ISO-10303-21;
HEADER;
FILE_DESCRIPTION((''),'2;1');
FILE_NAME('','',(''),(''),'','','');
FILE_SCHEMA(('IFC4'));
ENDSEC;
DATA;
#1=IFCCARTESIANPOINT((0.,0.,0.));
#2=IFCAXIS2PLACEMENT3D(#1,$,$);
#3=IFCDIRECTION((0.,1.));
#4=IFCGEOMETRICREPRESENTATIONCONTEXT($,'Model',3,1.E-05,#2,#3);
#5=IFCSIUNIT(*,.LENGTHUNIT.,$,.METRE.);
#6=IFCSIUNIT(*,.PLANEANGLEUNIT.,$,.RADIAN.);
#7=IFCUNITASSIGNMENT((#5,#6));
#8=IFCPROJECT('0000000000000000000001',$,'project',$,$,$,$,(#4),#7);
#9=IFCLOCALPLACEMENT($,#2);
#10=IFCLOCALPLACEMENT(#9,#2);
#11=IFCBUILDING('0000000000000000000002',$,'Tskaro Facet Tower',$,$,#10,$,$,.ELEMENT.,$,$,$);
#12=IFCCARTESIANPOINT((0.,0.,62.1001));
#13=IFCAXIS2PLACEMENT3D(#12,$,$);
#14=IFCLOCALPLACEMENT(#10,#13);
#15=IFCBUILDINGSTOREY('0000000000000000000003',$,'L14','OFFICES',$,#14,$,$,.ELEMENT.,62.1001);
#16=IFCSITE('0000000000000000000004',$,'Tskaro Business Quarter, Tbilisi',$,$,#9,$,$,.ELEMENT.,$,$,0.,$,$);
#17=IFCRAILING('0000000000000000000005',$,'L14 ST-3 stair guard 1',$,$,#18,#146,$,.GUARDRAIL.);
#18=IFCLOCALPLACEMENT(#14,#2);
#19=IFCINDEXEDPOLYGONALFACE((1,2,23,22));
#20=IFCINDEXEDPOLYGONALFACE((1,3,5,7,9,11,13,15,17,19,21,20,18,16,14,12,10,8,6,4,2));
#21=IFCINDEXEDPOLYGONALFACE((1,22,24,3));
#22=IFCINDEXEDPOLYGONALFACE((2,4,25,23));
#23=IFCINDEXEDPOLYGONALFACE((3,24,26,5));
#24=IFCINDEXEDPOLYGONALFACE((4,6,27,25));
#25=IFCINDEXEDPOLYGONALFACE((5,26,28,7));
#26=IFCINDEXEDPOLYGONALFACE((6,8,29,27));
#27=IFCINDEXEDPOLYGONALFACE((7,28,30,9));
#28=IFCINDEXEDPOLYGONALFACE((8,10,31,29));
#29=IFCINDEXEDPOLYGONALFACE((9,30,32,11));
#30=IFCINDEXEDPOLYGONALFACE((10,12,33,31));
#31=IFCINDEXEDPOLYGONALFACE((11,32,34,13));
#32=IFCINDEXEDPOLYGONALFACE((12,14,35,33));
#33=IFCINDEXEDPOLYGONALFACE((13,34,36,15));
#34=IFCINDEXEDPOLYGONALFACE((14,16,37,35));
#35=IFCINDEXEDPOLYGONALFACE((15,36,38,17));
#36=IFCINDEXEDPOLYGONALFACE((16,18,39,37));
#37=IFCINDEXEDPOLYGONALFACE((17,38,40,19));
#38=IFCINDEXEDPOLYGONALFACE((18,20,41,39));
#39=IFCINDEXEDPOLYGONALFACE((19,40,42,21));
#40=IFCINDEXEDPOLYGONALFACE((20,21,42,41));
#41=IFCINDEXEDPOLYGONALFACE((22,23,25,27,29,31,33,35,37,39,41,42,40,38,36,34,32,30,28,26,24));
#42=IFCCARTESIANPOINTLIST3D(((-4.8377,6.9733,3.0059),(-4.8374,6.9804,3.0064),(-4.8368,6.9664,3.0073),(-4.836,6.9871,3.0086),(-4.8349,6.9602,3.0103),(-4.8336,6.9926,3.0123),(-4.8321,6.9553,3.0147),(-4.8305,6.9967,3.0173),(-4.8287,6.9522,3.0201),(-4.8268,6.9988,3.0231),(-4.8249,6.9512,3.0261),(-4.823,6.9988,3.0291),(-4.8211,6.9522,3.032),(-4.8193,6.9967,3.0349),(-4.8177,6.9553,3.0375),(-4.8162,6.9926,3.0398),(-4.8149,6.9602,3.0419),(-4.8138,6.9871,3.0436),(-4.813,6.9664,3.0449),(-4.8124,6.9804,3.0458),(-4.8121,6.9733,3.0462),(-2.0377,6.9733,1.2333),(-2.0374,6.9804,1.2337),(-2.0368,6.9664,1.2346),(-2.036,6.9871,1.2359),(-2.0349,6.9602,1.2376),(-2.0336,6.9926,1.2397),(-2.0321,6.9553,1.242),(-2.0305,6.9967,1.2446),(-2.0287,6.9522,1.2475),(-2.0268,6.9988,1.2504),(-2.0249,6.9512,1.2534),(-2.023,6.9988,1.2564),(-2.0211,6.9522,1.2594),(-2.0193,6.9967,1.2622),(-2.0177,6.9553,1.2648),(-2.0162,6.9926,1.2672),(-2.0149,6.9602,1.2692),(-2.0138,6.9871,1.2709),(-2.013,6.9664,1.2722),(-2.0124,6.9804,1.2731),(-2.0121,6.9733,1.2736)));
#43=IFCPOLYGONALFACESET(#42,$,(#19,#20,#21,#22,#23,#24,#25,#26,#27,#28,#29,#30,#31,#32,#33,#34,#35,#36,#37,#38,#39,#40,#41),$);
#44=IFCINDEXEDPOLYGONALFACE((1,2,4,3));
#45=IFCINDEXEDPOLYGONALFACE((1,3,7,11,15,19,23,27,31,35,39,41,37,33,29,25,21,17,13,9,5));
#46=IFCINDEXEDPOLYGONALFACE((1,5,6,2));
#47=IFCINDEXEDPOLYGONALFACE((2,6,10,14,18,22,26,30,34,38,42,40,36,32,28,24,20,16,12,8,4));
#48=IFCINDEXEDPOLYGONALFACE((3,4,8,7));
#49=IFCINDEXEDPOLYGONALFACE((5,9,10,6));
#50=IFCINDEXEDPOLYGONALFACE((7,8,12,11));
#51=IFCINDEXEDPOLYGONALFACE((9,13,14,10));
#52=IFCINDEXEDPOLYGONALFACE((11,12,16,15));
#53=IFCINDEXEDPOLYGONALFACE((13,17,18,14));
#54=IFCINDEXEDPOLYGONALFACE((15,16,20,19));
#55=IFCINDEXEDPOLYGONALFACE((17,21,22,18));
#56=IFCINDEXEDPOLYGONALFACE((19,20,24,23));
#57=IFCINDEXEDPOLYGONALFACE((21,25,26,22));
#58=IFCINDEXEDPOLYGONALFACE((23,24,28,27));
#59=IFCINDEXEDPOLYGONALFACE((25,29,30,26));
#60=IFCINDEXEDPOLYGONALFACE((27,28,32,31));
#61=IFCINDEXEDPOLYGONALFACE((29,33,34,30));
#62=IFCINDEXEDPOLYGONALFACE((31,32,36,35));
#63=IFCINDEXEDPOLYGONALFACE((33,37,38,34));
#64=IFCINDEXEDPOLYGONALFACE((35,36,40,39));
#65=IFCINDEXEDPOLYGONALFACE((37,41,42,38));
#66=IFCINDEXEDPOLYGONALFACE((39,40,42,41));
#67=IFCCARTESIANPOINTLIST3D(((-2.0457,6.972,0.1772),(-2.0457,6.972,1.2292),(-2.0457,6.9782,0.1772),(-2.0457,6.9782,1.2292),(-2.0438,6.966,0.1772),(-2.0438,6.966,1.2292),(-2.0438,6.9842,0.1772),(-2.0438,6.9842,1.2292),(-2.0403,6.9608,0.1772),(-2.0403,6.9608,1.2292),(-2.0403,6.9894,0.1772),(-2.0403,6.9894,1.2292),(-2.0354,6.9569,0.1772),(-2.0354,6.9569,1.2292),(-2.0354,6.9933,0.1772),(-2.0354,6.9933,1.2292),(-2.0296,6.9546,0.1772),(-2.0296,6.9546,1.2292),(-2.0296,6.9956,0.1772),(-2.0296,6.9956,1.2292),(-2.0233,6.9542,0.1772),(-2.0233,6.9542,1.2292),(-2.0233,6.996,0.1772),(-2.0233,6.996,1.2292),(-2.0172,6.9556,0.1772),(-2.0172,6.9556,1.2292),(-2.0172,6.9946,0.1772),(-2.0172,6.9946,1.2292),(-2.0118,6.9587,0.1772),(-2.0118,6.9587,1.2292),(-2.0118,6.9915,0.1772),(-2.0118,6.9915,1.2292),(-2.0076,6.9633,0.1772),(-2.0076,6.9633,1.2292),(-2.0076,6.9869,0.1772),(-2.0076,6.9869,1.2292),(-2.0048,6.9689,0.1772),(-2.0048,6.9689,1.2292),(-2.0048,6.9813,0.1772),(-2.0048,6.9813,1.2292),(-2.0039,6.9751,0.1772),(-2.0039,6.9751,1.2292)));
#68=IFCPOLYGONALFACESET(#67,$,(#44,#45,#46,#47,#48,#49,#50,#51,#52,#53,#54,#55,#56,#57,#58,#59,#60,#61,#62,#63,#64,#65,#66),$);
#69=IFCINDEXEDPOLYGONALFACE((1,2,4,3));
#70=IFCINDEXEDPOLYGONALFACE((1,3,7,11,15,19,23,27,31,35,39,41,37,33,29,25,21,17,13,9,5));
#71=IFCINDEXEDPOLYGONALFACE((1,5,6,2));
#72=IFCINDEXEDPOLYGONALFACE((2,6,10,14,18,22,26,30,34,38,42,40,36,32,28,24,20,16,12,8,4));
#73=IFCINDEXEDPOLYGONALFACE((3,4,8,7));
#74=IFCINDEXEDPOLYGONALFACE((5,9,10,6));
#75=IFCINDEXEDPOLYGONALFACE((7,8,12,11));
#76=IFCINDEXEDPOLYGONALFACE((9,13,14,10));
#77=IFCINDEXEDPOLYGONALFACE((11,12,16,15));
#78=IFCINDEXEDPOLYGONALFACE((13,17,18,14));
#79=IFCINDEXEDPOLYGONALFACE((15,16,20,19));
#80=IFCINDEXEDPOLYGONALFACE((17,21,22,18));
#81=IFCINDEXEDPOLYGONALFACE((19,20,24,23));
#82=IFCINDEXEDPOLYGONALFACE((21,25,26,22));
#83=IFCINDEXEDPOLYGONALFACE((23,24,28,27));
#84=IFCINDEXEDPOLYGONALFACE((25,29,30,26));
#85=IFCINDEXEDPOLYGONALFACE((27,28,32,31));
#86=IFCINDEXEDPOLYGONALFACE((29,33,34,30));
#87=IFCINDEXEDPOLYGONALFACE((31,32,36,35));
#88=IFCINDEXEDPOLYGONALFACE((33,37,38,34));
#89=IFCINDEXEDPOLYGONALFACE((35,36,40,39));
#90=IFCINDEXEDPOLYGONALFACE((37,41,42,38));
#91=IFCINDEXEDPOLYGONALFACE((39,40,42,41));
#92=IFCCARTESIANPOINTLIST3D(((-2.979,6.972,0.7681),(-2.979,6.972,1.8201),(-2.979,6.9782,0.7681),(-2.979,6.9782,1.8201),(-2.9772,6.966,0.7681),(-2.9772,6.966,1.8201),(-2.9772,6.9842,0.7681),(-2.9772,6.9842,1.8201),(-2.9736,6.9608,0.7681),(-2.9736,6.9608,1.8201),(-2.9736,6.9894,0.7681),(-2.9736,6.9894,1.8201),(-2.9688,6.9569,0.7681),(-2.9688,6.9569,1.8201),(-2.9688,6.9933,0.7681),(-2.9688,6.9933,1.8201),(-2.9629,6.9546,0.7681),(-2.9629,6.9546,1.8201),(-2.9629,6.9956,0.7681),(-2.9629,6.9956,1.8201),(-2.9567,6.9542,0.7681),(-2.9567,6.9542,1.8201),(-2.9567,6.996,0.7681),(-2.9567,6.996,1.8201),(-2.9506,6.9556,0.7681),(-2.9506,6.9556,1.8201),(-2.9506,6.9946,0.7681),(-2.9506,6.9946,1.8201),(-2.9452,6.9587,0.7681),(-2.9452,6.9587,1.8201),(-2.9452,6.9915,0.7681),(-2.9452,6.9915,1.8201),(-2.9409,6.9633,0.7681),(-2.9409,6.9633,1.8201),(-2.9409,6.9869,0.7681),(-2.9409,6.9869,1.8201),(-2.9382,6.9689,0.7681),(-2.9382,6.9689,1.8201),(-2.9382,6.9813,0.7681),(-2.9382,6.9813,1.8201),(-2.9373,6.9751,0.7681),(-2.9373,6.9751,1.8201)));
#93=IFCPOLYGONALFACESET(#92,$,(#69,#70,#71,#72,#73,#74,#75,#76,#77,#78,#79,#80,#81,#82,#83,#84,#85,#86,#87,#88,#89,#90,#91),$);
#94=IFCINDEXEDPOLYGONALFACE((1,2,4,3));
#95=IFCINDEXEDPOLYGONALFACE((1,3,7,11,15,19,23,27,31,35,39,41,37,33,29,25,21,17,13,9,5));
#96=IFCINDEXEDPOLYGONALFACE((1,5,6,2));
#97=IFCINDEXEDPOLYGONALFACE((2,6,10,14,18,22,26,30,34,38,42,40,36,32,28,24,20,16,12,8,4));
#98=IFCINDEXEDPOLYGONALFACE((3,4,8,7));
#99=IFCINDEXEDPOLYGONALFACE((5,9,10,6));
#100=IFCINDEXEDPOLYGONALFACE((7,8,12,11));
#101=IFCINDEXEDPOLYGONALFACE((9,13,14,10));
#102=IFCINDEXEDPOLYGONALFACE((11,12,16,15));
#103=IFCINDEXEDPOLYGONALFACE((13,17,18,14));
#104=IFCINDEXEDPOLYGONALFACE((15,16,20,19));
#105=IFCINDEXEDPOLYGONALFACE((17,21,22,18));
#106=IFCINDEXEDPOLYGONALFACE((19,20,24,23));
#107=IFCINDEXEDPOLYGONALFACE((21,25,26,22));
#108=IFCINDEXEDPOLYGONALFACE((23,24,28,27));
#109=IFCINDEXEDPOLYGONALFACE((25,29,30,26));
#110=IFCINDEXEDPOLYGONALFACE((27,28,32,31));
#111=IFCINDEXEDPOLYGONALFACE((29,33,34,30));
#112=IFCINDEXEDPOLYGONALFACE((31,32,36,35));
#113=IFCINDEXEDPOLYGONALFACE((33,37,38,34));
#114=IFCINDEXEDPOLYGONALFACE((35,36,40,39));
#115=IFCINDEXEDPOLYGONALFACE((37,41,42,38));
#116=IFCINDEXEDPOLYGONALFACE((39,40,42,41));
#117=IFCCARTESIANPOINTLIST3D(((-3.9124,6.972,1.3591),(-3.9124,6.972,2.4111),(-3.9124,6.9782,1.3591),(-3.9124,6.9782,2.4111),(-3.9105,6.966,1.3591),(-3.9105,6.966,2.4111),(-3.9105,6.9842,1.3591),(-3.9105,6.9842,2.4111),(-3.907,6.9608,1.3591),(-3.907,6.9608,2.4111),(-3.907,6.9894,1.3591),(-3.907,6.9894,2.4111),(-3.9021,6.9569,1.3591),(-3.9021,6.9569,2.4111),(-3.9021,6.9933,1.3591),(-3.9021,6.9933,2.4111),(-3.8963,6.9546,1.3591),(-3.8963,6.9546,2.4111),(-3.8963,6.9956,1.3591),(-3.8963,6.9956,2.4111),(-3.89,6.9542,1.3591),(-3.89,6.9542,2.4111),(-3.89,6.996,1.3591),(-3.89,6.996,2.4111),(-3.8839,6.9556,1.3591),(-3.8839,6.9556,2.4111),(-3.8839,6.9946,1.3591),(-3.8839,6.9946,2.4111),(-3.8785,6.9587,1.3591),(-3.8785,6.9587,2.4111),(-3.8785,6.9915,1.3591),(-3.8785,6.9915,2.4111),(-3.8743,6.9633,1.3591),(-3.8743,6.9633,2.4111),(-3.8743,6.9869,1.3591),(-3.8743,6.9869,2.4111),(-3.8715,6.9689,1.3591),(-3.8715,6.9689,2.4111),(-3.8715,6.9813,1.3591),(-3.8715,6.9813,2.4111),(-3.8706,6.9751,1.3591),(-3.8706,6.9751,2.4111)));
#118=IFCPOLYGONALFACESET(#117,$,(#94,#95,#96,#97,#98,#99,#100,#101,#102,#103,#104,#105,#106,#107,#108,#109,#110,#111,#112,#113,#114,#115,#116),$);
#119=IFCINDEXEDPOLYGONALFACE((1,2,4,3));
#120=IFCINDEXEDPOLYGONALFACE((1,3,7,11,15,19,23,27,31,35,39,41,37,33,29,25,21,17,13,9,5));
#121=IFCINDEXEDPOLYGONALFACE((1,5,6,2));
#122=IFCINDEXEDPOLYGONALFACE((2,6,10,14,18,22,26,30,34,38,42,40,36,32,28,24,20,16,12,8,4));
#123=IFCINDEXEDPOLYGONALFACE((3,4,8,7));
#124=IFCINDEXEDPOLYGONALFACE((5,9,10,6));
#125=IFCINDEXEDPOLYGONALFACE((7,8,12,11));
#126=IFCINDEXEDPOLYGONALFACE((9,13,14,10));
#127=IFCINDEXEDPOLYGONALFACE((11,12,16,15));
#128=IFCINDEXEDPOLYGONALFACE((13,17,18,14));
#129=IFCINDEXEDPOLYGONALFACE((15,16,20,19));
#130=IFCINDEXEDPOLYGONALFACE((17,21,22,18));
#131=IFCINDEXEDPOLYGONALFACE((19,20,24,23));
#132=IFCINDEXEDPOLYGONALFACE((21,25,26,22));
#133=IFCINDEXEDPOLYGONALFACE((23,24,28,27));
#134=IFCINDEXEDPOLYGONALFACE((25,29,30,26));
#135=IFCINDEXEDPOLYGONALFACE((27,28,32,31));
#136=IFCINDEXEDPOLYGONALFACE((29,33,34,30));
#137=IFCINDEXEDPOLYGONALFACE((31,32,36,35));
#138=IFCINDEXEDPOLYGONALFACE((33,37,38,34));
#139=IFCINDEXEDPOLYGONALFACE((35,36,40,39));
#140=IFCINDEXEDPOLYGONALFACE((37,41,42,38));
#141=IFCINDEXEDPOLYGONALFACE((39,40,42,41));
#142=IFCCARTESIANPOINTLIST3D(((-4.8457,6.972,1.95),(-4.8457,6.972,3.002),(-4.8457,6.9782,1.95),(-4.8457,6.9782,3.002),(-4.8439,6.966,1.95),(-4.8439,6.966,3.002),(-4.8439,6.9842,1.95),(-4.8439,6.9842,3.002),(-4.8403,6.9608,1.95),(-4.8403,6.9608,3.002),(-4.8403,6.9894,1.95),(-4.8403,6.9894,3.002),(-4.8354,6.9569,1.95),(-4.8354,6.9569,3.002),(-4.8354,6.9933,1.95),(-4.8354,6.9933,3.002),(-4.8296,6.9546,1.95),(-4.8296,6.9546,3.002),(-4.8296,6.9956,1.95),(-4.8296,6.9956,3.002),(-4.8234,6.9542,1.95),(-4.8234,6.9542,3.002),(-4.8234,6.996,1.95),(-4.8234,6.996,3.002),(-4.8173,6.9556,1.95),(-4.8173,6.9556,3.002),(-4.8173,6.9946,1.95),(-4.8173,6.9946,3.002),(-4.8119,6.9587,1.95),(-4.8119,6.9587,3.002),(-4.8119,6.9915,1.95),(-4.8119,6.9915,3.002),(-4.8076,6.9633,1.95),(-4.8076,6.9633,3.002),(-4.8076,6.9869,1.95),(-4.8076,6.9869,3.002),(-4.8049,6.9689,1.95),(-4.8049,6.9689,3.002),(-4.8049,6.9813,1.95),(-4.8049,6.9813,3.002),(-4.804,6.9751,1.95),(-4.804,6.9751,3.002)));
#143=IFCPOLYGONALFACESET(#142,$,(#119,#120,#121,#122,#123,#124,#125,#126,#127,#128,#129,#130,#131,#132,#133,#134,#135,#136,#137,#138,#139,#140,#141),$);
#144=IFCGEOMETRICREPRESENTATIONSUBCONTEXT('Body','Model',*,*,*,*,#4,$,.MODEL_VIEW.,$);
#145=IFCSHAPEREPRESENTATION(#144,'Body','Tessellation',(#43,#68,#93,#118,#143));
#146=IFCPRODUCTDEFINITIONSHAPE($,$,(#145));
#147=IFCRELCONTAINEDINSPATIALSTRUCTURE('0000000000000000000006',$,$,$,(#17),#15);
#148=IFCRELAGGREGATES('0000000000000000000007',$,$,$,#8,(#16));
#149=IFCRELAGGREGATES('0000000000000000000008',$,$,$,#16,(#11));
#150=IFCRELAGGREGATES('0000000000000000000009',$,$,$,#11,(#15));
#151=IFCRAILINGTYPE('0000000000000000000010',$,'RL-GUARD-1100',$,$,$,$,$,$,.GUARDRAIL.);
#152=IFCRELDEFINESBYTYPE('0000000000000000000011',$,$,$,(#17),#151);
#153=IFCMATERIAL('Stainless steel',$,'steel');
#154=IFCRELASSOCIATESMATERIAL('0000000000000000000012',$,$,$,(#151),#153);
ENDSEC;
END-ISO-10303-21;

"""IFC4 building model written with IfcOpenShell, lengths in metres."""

from ifc_helpers import new_model, si_unit, direction, frame, origin, origin_2d, place, context, subcontext, project, spatial, circle, extrude, material, type_object, element, save


model = new_model("IFC4")

# Units and contexts
model_context = context("Model", 3, precision=1e-05, world=origin(), true_north=direction((0.0, 1.0)))
body_context = subcontext(model_context, "Body", "Model", "MODEL_VIEW")
ifc_project = project(units=[si_unit("LENGTHUNIT", "METRE"), si_unit("PLANEANGLEUNIT", "RADIAN")], contexts=[model_context])

# Site, building, storey
site_placement = place(None, origin())
site = spatial("IfcSite", under=ifc_project, at=site_placement, Name="Tskaro Business Quarter, Tbilisi", CompositionType="ELEMENT", RefElevation=0.0)
building_placement = place(site_placement, origin())
building = spatial("IfcBuilding", under=site, at=building_placement, Name="Tskaro Facet Tower", CompositionType="ELEMENT")
storey_placement = place(building_placement, frame((0.0, 0.0, 62.1001)))
storey = spatial("IfcBuildingStorey", under=building, at=storey_placement, Name="L14", Description="OFFICES", CompositionType="ELEMENT", Elevation=62.1001)

# Railing
ifc_material_1 = material(Name="Stainless steel", Category="steel")
railing_type_1 = type_object("IfcRailingType", Name="RL-GUARD-1100", PredefinedType="GUARDRAIL", material=ifc_material_1)
railing_1_placement = place(storey_placement, frame((-2.0249, 6.9751, 0.1772)))
element("IfcRailing", 1, at=railing_1_placement, inside=storey, type_object=railing_type_1, Name="L14 ST-3 stair guard 1", PredefinedType="GUARDRAIL", context=body_context, shape_type="SweptSolid", body=[
    extrude(circle(Radius=0.0239, at=origin_2d()), frame((0.0, 0.0, 1.0762), z_axis=(-0.844909, 0.0, 0.53491), x_axis=(0.0, -1.0, 0.0)), (0.0, 0.0, 1.0), 3.314),
    extrude(circle(Radius=0.021, at=origin_2d()), origin(), (0.0, 0.0, 1.0), 1.052),
    extrude(circle(Radius=0.021, at=origin_2d()), frame((-0.9333, 0.0, 0.5908)), (0.0, 0.0, 1.0), 1.052),
    extrude(circle(Radius=0.021, at=origin_2d()), frame((-1.8667, 0.0, 1.1819)), (0.0, 0.0, 1.0), 1.052),
    extrude(circle(Radius=0.021, at=origin_2d()), frame((-2.8, 0.0, 1.7727)), (0.0, 0.0, 1.0), 1.052),
])

save(model, "model.ifc")
